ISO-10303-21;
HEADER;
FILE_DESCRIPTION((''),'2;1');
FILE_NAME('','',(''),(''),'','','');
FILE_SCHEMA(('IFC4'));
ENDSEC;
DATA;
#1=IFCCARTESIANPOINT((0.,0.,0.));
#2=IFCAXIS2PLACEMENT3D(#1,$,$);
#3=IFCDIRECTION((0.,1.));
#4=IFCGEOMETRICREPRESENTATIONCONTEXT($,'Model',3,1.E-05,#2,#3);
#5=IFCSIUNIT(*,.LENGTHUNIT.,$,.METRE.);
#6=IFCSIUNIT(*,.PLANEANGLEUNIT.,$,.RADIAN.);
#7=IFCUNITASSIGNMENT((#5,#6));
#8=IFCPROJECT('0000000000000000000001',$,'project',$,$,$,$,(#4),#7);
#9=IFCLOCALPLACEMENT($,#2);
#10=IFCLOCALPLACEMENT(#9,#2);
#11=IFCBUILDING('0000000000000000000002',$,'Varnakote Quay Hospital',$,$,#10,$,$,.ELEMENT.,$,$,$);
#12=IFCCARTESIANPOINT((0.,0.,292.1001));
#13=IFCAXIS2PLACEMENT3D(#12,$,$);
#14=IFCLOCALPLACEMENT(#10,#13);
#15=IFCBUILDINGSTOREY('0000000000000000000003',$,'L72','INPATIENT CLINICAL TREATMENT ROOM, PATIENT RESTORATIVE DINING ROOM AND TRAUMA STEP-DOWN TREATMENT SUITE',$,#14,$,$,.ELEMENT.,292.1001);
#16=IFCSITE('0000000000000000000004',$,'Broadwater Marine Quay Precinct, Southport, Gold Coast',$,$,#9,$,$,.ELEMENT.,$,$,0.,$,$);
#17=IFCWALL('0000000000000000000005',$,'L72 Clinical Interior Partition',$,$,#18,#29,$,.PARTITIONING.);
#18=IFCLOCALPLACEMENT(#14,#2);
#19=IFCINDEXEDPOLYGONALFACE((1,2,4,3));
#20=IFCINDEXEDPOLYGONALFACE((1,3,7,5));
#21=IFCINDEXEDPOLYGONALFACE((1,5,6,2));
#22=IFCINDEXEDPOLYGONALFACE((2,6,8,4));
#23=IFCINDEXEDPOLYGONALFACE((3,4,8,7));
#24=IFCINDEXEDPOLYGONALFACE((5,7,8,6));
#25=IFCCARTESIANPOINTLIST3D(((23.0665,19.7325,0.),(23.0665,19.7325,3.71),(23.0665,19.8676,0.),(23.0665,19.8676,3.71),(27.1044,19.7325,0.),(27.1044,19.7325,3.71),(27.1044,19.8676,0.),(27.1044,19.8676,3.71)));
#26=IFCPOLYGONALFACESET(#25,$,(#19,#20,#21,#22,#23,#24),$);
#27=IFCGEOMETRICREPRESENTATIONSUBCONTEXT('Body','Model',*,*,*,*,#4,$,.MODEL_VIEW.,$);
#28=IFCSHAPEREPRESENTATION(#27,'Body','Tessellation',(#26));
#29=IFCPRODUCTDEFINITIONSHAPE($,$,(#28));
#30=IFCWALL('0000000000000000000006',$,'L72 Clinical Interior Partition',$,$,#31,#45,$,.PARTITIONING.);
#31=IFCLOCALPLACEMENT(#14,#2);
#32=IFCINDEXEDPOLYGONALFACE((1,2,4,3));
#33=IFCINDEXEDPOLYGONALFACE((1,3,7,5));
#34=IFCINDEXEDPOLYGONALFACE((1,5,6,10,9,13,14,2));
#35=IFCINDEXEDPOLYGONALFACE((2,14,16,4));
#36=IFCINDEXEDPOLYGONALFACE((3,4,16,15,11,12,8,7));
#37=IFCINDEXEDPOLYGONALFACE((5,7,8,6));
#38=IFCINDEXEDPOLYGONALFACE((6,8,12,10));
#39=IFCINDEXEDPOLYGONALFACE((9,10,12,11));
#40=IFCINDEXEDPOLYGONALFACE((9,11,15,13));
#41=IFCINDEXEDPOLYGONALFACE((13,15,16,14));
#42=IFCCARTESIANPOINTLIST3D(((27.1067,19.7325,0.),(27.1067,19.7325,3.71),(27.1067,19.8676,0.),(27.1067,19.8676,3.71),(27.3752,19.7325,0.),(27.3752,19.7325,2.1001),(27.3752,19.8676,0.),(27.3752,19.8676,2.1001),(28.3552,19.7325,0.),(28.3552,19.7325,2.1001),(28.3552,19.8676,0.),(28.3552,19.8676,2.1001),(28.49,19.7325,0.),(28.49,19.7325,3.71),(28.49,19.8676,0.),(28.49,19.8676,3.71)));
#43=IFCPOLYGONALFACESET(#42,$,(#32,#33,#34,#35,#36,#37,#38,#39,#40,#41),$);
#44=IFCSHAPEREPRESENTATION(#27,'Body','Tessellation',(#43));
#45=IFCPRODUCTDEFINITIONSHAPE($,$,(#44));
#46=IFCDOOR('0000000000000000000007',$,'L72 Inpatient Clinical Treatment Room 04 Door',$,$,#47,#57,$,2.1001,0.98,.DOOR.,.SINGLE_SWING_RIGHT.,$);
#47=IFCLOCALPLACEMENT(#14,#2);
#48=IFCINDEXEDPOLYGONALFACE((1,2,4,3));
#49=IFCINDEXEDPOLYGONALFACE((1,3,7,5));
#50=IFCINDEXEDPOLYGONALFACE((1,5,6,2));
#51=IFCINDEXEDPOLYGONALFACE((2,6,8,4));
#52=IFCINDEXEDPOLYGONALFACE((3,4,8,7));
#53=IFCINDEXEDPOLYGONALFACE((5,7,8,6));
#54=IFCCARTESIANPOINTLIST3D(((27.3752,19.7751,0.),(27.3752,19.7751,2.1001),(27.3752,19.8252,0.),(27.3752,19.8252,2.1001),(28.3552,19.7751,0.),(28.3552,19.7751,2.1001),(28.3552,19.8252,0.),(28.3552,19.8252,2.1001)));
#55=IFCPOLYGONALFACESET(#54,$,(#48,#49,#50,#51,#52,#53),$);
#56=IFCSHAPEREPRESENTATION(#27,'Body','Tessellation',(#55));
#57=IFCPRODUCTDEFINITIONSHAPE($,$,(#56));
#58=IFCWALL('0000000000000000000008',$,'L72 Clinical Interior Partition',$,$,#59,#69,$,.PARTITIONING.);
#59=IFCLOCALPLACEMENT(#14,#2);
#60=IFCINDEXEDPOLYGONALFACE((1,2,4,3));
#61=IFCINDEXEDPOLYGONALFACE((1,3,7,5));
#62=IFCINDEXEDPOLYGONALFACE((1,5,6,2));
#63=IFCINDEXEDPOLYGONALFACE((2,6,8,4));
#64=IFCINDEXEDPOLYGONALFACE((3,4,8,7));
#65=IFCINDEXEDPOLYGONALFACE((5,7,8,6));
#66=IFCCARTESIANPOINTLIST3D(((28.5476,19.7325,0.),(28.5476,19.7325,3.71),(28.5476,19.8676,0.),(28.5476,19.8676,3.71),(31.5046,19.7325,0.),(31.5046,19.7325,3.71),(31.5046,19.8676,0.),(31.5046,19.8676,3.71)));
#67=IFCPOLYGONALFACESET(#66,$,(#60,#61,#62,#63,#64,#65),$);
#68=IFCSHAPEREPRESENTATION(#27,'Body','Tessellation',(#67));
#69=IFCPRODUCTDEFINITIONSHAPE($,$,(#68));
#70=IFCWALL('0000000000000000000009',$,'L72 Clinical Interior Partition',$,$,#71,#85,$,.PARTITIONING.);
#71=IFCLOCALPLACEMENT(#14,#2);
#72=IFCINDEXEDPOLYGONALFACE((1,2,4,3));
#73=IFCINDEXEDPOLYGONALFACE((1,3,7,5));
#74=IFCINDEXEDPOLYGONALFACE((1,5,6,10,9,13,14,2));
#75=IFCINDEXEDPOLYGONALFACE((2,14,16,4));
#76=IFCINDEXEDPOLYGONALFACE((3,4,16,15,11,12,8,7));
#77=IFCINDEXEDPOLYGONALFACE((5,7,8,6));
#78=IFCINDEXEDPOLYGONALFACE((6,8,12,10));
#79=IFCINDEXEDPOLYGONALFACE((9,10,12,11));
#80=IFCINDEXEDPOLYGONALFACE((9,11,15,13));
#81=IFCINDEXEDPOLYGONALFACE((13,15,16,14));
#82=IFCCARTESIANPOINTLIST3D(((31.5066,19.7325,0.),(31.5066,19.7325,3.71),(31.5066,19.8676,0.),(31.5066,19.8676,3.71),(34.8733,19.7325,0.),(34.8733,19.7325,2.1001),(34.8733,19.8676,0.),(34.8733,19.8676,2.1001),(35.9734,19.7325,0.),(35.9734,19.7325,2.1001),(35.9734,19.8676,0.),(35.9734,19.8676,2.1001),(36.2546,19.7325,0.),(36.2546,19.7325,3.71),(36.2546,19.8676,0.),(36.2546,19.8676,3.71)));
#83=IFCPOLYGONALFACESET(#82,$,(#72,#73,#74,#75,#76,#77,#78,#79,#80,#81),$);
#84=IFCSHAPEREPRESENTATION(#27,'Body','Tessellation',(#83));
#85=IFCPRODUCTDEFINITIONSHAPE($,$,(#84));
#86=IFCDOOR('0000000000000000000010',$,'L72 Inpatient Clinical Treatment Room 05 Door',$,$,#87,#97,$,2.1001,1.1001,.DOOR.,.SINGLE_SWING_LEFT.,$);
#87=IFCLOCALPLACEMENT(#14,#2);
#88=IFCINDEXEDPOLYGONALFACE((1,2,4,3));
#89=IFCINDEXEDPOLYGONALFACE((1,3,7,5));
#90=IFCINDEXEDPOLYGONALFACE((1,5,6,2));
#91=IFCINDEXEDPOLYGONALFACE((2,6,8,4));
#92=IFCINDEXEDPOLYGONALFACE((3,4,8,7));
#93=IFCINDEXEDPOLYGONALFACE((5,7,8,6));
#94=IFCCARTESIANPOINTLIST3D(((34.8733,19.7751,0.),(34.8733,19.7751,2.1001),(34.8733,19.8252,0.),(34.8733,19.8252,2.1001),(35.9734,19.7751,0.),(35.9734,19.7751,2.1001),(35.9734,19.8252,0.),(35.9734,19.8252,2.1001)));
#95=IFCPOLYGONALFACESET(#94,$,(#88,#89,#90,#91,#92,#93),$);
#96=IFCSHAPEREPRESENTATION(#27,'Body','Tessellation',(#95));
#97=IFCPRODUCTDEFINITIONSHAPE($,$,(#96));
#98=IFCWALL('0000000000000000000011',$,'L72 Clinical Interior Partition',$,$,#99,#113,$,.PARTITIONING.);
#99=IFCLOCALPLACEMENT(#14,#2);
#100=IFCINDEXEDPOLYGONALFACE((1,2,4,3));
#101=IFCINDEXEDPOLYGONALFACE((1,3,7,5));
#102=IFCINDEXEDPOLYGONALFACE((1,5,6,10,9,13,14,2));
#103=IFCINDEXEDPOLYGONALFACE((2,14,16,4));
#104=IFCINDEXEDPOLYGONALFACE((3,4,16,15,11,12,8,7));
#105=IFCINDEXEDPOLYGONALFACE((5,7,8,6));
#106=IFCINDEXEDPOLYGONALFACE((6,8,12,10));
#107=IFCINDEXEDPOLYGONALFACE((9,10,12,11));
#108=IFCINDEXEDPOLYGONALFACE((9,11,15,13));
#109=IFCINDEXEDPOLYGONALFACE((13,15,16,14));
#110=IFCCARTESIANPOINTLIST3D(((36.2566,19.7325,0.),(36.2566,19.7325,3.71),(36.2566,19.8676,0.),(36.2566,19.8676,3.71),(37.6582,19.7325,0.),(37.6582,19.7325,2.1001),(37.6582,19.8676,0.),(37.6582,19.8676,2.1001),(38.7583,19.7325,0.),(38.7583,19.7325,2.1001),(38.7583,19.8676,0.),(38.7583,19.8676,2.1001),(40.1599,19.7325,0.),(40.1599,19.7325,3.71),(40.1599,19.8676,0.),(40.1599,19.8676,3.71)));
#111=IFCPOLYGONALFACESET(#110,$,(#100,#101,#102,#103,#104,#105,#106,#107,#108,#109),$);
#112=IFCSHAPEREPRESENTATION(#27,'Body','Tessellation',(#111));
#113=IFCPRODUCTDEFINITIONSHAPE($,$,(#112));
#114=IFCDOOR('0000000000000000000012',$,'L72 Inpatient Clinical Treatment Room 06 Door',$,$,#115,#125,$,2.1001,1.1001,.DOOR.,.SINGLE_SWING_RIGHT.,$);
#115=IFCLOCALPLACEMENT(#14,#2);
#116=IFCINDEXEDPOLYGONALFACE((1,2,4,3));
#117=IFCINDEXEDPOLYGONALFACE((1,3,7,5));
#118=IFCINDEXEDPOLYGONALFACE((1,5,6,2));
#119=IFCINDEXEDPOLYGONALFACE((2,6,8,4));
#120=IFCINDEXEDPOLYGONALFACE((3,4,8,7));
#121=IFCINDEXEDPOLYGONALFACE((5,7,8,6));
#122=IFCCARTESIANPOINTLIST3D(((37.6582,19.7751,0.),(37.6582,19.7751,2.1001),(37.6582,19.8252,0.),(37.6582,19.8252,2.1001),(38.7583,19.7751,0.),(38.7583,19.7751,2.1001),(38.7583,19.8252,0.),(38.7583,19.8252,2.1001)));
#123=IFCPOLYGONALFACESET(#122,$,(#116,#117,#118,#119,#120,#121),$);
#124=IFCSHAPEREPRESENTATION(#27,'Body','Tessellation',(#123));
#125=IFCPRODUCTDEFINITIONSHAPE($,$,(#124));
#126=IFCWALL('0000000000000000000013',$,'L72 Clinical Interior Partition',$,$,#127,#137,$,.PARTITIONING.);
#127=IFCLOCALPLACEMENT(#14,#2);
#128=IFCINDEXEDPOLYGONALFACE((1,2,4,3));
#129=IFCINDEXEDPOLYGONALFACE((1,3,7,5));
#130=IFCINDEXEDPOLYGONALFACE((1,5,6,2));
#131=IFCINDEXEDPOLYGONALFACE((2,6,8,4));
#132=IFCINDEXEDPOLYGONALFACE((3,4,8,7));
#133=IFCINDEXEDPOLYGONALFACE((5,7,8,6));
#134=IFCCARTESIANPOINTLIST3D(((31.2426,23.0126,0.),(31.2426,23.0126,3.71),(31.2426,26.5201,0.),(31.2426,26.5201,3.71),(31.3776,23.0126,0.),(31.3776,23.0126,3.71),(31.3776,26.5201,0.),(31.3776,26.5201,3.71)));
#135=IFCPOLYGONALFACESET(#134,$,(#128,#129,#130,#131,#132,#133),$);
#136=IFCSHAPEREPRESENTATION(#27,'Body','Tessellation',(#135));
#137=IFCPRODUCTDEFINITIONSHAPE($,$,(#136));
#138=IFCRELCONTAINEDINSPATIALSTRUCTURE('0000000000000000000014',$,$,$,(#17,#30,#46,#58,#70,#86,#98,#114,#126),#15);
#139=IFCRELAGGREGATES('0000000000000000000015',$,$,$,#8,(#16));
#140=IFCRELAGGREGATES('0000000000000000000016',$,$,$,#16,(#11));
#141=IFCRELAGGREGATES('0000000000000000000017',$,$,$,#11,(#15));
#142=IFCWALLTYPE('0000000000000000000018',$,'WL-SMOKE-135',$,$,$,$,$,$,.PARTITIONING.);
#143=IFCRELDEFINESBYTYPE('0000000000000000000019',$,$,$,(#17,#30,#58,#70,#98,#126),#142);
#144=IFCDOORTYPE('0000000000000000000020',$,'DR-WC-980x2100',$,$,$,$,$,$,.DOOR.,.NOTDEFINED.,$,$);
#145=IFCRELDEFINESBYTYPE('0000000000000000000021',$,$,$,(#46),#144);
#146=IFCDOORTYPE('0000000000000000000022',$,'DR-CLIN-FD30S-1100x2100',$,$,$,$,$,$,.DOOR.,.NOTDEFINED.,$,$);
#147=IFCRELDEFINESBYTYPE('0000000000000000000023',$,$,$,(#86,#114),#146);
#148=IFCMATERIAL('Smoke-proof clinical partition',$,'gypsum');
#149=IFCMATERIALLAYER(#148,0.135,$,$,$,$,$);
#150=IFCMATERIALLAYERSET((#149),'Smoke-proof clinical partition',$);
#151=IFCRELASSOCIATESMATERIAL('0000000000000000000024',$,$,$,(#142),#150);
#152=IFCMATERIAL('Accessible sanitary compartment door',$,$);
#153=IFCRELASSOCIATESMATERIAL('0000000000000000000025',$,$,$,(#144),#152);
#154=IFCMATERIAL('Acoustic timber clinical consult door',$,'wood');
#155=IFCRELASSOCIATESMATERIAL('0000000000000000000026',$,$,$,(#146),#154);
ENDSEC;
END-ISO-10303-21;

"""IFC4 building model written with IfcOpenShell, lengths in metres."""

from ifc_helpers import new_model, si_unit, direction, frame, frame_2d, origin, place, context, subcontext, project, spatial, rectangle, extrude, material, layer, layer_set, type_object, element, fill, save


model = new_model("IFC4")

# Units and contexts
model_context = context("Model", 3, precision=1e-05, world=origin(), true_north=direction((0.0, 1.0)))
body_context = subcontext(model_context, "Body", "Model", "MODEL_VIEW")
ifc_project = project(units=[si_unit("LENGTHUNIT", "METRE"), si_unit("PLANEANGLEUNIT", "RADIAN")], contexts=[model_context])

# Site, building, storey
site_placement = place(None, origin())
site = spatial("IfcSite", under=ifc_project, at=site_placement, Name="Broadwater Marine Quay Precinct, Southport, Gold Coast", CompositionType="ELEMENT", RefElevation=0.0)
building_placement = place(site_placement, origin())
building = spatial("IfcBuilding", under=site, at=building_placement, Name="Varnakote Quay Hospital", CompositionType="ELEMENT")
storey_placement = place(building_placement, frame((0.0, 0.0, 292.1001)))
storey = spatial("IfcBuildingStorey", under=building, at=storey_placement, Name="L72", Description="INPATIENT CLINICAL TREATMENT ROOM, PATIENT RESTORATIVE DINING ROOM AND TRAUMA STEP-DOWN TREATMENT SUITE", CompositionType="ELEMENT", Elevation=292.1001)

# Wall
ifc_material_1 = material(Name="Smoke-proof clinical partition", Category="gypsum")
ifc_layer_1 = layer(ifc_material_1, 0.135)
ifc_layer_set_1 = layer_set([ifc_layer_1], Name="Smoke-proof clinical partition")
wall_type_1 = type_object("IfcWallType", Name="WL-SMOKE-135", PredefinedType="PARTITIONING", material=ifc_layer_set_1)
wall_1_placement = place(storey_placement, frame((27.1045, 19.8, 0.0), z_axis=(0.0, 0.0, 1.0), x_axis=(-1.0, 0.0, 0.0)))
element("IfcWall", 1, at=wall_1_placement, inside=storey, type_object=wall_type_1, Name="L72 Clinical Interior Partition", PredefinedType="PARTITIONING", context=body_context, shape_type="SweptSolid", body=[
    extrude(rectangle(XDim=4.0378, YDim=0.135, at=frame_2d((2.019, 0.0))), origin(), (0.0, 0.0, 1.0), 3.71),
])

# Wall, opening, door
wall_2_placement = place(storey_placement, frame((28.49, 19.8, 0.0), z_axis=(0.0, 0.0, 1.0), x_axis=(-1.0, 0.0, 0.0)))
wall_2 = element("IfcWall", 2, at=wall_2_placement, inside=storey, type_object=wall_type_1, Name="L72 Clinical Interior Partition", PredefinedType="PARTITIONING", context=body_context, shape_type="SweptSolid", body=[
    extrude(rectangle(XDim=1.3833, YDim=0.135, at=frame_2d((0.6917, 0.0))), origin(), (0.0, 0.0, 1.0), 3.71),
])
opening_1_placement = place(wall_2_placement, frame((0.1348, 0.0, 0.0)))
opening_1 = element("IfcOpeningElement", 3, at=opening_1_placement, cuts=wall_2, PredefinedType="OPENING", context=body_context, shape_type="SweptSolid", body=[
    extrude(rectangle(XDim=0.98, YDim=2.1001, at=frame_2d((0.49, 1.05))), frame((0.0, 0.0774, 0.0), z_axis=(0.0, -1.0, 0.0), x_axis=(1.0, 0.0, 0.0)), (0.0, 0.0, 1.0), 0.155),
])
ifc_material_2 = material(Name="Accessible sanitary compartment door")
door_type_1 = type_object("IfcDoorType", Name="DR-WC-980x2100", OperationType="NOTDEFINED", PredefinedType="DOOR", material=ifc_material_2)
door_1_placement = place(opening_1_placement, origin())
door_1 = element("IfcDoor", 4, at=door_1_placement, inside=storey, type_object=door_type_1, Name="L72 Inpatient Clinical Treatment Room 04 Door", OperationType="SINGLE_SWING_RIGHT", OverallHeight=2.1001, OverallWidth=0.98, PredefinedType="DOOR", context=body_context, shape_type="SweptSolid", body=[
    extrude(rectangle(XDim=0.98, YDim=2.1001, at=frame_2d((0.49, 1.05))), frame((0.0, 0.0249, 0.0), z_axis=(0.0, -1.0, 0.0), x_axis=(1.0, 0.0, 0.0)), (0.0, 0.0, 1.0), 0.05),
])
fill(opening_1, door_1)

# Wall
wall_3_placement = place(storey_placement, frame((31.5046, 19.8, 0.0), z_axis=(0.0, 0.0, 1.0), x_axis=(-1.0, 0.0, 0.0)))
element("IfcWall", 5, at=wall_3_placement, inside=storey, type_object=wall_type_1, Name="L72 Clinical Interior Partition", PredefinedType="PARTITIONING", context=body_context, shape_type="SweptSolid", body=[
    extrude(rectangle(XDim=2.957, YDim=0.135, at=frame_2d((1.4785, 0.0))), origin(), (0.0, 0.0, 1.0), 3.71),
])

# Walls, openings, doors
wall_4_placement = place(storey_placement, frame((36.2546, 19.8, 0.0), z_axis=(0.0, 0.0, 1.0), x_axis=(-1.0, 0.0, 0.0)))
wall_4 = element("IfcWall", 6, at=wall_4_placement, inside=storey, type_object=wall_type_1, Name="L72 Clinical Interior Partition", PredefinedType="PARTITIONING", context=body_context, shape_type="SweptSolid", body=[
    extrude(rectangle(XDim=4.748, YDim=0.135, at=frame_2d((2.374, 0.0))), origin(), (0.0, 0.0, 1.0), 3.71),
])
opening_2_placement = place(wall_4_placement, frame((0.2812, 0.0, 0.0)))
opening_2 = element("IfcOpeningElement", 7, at=opening_2_placement, cuts=wall_4, PredefinedType="OPENING", context=body_context, shape_type="SweptSolid", body=[
    extrude(rectangle(XDim=1.1001, YDim=2.1001, at=frame_2d((0.55, 1.05))), frame((0.0, 0.0774, 0.0), z_axis=(0.0, -1.0, 0.0), x_axis=(1.0, 0.0, 0.0)), (0.0, 0.0, 1.0), 0.155),
])
ifc_material_3 = material(Name="Acoustic timber clinical consult door", Category="wood")
door_type_2 = type_object("IfcDoorType", Name="DR-CLIN-FD30S-1100x2100", OperationType="NOTDEFINED", PredefinedType="DOOR", material=ifc_material_3)
door_2_placement = place(opening_2_placement, origin())
door_2 = element("IfcDoor", 8, at=door_2_placement, inside=storey, type_object=door_type_2, Name="L72 Inpatient Clinical Treatment Room 05 Door", OperationType="SINGLE_SWING_LEFT", OverallHeight=2.1001, OverallWidth=1.1001, PredefinedType="DOOR", context=body_context, shape_type="SweptSolid", body=[
    extrude(rectangle(XDim=1.1001, YDim=2.1001, at=frame_2d((0.55, 1.05))), frame((0.0, 0.0249, 0.0), z_axis=(0.0, -1.0, 0.0), x_axis=(1.0, 0.0, 0.0)), (0.0, 0.0, 1.0), 0.05),
])
fill(opening_2, door_2)
wall_5_placement = place(storey_placement, frame((40.1599, 19.8, 0.0), z_axis=(0.0, 0.0, 1.0), x_axis=(-1.0, 0.0, 0.0)))
wall_5 = element("IfcWall", 9, at=wall_5_placement, inside=storey, type_object=wall_type_1, Name="L72 Clinical Interior Partition", PredefinedType="PARTITIONING", context=body_context, shape_type="SweptSolid", body=[
    extrude(rectangle(XDim=3.9033, YDim=0.135, at=frame_2d((1.9517, 0.0))), origin(), (0.0, 0.0, 1.0), 3.71),
])
opening_3_placement = place(wall_5_placement, frame((1.4016, 0.0, 0.0)))
opening_3 = element("IfcOpeningElement", 10, at=opening_3_placement, cuts=wall_5, PredefinedType="OPENING", context=body_context, shape_type="SweptSolid", body=[
    extrude(rectangle(XDim=1.1001, YDim=2.1001, at=frame_2d((0.55, 1.05))), frame((0.0, 0.0774, 0.0), z_axis=(0.0, -1.0, 0.0), x_axis=(1.0, 0.0, 0.0)), (0.0, 0.0, 1.0), 0.155),
])
door_3_placement = place(opening_3_placement, origin())
door_3 = element("IfcDoor", 11, at=door_3_placement, inside=storey, type_object=door_type_2, Name="L72 Inpatient Clinical Treatment Room 06 Door", OperationType="SINGLE_SWING_RIGHT", OverallHeight=2.1001, OverallWidth=1.1001, PredefinedType="DOOR", context=body_context, shape_type="SweptSolid", body=[
    extrude(rectangle(XDim=1.1001, YDim=2.1001, at=frame_2d((0.55, 1.05))), frame((0.0, 0.0249, 0.0), z_axis=(0.0, -1.0, 0.0), x_axis=(1.0, 0.0, 0.0)), (0.0, 0.0, 1.0), 0.05),
])
fill(opening_3, door_3)

# Wall
wall_6_placement = place(storey_placement, frame((31.3101, 23.0125, 0.0), z_axis=(0.0, 0.0, 1.0), x_axis=(0.0, 1.0, 0.0)))
element("IfcWall", 12, at=wall_6_placement, inside=storey, type_object=wall_type_1, Name="L72 Clinical Interior Partition", PredefinedType="PARTITIONING", context=body_context, shape_type="SweptSolid", body=[
    extrude(rectangle(XDim=3.5076, YDim=0.135, at=frame_2d((1.7539, 0.0))), origin(), (0.0, 0.0, 1.0), 3.71),
])

save(model, "model.ifc")
